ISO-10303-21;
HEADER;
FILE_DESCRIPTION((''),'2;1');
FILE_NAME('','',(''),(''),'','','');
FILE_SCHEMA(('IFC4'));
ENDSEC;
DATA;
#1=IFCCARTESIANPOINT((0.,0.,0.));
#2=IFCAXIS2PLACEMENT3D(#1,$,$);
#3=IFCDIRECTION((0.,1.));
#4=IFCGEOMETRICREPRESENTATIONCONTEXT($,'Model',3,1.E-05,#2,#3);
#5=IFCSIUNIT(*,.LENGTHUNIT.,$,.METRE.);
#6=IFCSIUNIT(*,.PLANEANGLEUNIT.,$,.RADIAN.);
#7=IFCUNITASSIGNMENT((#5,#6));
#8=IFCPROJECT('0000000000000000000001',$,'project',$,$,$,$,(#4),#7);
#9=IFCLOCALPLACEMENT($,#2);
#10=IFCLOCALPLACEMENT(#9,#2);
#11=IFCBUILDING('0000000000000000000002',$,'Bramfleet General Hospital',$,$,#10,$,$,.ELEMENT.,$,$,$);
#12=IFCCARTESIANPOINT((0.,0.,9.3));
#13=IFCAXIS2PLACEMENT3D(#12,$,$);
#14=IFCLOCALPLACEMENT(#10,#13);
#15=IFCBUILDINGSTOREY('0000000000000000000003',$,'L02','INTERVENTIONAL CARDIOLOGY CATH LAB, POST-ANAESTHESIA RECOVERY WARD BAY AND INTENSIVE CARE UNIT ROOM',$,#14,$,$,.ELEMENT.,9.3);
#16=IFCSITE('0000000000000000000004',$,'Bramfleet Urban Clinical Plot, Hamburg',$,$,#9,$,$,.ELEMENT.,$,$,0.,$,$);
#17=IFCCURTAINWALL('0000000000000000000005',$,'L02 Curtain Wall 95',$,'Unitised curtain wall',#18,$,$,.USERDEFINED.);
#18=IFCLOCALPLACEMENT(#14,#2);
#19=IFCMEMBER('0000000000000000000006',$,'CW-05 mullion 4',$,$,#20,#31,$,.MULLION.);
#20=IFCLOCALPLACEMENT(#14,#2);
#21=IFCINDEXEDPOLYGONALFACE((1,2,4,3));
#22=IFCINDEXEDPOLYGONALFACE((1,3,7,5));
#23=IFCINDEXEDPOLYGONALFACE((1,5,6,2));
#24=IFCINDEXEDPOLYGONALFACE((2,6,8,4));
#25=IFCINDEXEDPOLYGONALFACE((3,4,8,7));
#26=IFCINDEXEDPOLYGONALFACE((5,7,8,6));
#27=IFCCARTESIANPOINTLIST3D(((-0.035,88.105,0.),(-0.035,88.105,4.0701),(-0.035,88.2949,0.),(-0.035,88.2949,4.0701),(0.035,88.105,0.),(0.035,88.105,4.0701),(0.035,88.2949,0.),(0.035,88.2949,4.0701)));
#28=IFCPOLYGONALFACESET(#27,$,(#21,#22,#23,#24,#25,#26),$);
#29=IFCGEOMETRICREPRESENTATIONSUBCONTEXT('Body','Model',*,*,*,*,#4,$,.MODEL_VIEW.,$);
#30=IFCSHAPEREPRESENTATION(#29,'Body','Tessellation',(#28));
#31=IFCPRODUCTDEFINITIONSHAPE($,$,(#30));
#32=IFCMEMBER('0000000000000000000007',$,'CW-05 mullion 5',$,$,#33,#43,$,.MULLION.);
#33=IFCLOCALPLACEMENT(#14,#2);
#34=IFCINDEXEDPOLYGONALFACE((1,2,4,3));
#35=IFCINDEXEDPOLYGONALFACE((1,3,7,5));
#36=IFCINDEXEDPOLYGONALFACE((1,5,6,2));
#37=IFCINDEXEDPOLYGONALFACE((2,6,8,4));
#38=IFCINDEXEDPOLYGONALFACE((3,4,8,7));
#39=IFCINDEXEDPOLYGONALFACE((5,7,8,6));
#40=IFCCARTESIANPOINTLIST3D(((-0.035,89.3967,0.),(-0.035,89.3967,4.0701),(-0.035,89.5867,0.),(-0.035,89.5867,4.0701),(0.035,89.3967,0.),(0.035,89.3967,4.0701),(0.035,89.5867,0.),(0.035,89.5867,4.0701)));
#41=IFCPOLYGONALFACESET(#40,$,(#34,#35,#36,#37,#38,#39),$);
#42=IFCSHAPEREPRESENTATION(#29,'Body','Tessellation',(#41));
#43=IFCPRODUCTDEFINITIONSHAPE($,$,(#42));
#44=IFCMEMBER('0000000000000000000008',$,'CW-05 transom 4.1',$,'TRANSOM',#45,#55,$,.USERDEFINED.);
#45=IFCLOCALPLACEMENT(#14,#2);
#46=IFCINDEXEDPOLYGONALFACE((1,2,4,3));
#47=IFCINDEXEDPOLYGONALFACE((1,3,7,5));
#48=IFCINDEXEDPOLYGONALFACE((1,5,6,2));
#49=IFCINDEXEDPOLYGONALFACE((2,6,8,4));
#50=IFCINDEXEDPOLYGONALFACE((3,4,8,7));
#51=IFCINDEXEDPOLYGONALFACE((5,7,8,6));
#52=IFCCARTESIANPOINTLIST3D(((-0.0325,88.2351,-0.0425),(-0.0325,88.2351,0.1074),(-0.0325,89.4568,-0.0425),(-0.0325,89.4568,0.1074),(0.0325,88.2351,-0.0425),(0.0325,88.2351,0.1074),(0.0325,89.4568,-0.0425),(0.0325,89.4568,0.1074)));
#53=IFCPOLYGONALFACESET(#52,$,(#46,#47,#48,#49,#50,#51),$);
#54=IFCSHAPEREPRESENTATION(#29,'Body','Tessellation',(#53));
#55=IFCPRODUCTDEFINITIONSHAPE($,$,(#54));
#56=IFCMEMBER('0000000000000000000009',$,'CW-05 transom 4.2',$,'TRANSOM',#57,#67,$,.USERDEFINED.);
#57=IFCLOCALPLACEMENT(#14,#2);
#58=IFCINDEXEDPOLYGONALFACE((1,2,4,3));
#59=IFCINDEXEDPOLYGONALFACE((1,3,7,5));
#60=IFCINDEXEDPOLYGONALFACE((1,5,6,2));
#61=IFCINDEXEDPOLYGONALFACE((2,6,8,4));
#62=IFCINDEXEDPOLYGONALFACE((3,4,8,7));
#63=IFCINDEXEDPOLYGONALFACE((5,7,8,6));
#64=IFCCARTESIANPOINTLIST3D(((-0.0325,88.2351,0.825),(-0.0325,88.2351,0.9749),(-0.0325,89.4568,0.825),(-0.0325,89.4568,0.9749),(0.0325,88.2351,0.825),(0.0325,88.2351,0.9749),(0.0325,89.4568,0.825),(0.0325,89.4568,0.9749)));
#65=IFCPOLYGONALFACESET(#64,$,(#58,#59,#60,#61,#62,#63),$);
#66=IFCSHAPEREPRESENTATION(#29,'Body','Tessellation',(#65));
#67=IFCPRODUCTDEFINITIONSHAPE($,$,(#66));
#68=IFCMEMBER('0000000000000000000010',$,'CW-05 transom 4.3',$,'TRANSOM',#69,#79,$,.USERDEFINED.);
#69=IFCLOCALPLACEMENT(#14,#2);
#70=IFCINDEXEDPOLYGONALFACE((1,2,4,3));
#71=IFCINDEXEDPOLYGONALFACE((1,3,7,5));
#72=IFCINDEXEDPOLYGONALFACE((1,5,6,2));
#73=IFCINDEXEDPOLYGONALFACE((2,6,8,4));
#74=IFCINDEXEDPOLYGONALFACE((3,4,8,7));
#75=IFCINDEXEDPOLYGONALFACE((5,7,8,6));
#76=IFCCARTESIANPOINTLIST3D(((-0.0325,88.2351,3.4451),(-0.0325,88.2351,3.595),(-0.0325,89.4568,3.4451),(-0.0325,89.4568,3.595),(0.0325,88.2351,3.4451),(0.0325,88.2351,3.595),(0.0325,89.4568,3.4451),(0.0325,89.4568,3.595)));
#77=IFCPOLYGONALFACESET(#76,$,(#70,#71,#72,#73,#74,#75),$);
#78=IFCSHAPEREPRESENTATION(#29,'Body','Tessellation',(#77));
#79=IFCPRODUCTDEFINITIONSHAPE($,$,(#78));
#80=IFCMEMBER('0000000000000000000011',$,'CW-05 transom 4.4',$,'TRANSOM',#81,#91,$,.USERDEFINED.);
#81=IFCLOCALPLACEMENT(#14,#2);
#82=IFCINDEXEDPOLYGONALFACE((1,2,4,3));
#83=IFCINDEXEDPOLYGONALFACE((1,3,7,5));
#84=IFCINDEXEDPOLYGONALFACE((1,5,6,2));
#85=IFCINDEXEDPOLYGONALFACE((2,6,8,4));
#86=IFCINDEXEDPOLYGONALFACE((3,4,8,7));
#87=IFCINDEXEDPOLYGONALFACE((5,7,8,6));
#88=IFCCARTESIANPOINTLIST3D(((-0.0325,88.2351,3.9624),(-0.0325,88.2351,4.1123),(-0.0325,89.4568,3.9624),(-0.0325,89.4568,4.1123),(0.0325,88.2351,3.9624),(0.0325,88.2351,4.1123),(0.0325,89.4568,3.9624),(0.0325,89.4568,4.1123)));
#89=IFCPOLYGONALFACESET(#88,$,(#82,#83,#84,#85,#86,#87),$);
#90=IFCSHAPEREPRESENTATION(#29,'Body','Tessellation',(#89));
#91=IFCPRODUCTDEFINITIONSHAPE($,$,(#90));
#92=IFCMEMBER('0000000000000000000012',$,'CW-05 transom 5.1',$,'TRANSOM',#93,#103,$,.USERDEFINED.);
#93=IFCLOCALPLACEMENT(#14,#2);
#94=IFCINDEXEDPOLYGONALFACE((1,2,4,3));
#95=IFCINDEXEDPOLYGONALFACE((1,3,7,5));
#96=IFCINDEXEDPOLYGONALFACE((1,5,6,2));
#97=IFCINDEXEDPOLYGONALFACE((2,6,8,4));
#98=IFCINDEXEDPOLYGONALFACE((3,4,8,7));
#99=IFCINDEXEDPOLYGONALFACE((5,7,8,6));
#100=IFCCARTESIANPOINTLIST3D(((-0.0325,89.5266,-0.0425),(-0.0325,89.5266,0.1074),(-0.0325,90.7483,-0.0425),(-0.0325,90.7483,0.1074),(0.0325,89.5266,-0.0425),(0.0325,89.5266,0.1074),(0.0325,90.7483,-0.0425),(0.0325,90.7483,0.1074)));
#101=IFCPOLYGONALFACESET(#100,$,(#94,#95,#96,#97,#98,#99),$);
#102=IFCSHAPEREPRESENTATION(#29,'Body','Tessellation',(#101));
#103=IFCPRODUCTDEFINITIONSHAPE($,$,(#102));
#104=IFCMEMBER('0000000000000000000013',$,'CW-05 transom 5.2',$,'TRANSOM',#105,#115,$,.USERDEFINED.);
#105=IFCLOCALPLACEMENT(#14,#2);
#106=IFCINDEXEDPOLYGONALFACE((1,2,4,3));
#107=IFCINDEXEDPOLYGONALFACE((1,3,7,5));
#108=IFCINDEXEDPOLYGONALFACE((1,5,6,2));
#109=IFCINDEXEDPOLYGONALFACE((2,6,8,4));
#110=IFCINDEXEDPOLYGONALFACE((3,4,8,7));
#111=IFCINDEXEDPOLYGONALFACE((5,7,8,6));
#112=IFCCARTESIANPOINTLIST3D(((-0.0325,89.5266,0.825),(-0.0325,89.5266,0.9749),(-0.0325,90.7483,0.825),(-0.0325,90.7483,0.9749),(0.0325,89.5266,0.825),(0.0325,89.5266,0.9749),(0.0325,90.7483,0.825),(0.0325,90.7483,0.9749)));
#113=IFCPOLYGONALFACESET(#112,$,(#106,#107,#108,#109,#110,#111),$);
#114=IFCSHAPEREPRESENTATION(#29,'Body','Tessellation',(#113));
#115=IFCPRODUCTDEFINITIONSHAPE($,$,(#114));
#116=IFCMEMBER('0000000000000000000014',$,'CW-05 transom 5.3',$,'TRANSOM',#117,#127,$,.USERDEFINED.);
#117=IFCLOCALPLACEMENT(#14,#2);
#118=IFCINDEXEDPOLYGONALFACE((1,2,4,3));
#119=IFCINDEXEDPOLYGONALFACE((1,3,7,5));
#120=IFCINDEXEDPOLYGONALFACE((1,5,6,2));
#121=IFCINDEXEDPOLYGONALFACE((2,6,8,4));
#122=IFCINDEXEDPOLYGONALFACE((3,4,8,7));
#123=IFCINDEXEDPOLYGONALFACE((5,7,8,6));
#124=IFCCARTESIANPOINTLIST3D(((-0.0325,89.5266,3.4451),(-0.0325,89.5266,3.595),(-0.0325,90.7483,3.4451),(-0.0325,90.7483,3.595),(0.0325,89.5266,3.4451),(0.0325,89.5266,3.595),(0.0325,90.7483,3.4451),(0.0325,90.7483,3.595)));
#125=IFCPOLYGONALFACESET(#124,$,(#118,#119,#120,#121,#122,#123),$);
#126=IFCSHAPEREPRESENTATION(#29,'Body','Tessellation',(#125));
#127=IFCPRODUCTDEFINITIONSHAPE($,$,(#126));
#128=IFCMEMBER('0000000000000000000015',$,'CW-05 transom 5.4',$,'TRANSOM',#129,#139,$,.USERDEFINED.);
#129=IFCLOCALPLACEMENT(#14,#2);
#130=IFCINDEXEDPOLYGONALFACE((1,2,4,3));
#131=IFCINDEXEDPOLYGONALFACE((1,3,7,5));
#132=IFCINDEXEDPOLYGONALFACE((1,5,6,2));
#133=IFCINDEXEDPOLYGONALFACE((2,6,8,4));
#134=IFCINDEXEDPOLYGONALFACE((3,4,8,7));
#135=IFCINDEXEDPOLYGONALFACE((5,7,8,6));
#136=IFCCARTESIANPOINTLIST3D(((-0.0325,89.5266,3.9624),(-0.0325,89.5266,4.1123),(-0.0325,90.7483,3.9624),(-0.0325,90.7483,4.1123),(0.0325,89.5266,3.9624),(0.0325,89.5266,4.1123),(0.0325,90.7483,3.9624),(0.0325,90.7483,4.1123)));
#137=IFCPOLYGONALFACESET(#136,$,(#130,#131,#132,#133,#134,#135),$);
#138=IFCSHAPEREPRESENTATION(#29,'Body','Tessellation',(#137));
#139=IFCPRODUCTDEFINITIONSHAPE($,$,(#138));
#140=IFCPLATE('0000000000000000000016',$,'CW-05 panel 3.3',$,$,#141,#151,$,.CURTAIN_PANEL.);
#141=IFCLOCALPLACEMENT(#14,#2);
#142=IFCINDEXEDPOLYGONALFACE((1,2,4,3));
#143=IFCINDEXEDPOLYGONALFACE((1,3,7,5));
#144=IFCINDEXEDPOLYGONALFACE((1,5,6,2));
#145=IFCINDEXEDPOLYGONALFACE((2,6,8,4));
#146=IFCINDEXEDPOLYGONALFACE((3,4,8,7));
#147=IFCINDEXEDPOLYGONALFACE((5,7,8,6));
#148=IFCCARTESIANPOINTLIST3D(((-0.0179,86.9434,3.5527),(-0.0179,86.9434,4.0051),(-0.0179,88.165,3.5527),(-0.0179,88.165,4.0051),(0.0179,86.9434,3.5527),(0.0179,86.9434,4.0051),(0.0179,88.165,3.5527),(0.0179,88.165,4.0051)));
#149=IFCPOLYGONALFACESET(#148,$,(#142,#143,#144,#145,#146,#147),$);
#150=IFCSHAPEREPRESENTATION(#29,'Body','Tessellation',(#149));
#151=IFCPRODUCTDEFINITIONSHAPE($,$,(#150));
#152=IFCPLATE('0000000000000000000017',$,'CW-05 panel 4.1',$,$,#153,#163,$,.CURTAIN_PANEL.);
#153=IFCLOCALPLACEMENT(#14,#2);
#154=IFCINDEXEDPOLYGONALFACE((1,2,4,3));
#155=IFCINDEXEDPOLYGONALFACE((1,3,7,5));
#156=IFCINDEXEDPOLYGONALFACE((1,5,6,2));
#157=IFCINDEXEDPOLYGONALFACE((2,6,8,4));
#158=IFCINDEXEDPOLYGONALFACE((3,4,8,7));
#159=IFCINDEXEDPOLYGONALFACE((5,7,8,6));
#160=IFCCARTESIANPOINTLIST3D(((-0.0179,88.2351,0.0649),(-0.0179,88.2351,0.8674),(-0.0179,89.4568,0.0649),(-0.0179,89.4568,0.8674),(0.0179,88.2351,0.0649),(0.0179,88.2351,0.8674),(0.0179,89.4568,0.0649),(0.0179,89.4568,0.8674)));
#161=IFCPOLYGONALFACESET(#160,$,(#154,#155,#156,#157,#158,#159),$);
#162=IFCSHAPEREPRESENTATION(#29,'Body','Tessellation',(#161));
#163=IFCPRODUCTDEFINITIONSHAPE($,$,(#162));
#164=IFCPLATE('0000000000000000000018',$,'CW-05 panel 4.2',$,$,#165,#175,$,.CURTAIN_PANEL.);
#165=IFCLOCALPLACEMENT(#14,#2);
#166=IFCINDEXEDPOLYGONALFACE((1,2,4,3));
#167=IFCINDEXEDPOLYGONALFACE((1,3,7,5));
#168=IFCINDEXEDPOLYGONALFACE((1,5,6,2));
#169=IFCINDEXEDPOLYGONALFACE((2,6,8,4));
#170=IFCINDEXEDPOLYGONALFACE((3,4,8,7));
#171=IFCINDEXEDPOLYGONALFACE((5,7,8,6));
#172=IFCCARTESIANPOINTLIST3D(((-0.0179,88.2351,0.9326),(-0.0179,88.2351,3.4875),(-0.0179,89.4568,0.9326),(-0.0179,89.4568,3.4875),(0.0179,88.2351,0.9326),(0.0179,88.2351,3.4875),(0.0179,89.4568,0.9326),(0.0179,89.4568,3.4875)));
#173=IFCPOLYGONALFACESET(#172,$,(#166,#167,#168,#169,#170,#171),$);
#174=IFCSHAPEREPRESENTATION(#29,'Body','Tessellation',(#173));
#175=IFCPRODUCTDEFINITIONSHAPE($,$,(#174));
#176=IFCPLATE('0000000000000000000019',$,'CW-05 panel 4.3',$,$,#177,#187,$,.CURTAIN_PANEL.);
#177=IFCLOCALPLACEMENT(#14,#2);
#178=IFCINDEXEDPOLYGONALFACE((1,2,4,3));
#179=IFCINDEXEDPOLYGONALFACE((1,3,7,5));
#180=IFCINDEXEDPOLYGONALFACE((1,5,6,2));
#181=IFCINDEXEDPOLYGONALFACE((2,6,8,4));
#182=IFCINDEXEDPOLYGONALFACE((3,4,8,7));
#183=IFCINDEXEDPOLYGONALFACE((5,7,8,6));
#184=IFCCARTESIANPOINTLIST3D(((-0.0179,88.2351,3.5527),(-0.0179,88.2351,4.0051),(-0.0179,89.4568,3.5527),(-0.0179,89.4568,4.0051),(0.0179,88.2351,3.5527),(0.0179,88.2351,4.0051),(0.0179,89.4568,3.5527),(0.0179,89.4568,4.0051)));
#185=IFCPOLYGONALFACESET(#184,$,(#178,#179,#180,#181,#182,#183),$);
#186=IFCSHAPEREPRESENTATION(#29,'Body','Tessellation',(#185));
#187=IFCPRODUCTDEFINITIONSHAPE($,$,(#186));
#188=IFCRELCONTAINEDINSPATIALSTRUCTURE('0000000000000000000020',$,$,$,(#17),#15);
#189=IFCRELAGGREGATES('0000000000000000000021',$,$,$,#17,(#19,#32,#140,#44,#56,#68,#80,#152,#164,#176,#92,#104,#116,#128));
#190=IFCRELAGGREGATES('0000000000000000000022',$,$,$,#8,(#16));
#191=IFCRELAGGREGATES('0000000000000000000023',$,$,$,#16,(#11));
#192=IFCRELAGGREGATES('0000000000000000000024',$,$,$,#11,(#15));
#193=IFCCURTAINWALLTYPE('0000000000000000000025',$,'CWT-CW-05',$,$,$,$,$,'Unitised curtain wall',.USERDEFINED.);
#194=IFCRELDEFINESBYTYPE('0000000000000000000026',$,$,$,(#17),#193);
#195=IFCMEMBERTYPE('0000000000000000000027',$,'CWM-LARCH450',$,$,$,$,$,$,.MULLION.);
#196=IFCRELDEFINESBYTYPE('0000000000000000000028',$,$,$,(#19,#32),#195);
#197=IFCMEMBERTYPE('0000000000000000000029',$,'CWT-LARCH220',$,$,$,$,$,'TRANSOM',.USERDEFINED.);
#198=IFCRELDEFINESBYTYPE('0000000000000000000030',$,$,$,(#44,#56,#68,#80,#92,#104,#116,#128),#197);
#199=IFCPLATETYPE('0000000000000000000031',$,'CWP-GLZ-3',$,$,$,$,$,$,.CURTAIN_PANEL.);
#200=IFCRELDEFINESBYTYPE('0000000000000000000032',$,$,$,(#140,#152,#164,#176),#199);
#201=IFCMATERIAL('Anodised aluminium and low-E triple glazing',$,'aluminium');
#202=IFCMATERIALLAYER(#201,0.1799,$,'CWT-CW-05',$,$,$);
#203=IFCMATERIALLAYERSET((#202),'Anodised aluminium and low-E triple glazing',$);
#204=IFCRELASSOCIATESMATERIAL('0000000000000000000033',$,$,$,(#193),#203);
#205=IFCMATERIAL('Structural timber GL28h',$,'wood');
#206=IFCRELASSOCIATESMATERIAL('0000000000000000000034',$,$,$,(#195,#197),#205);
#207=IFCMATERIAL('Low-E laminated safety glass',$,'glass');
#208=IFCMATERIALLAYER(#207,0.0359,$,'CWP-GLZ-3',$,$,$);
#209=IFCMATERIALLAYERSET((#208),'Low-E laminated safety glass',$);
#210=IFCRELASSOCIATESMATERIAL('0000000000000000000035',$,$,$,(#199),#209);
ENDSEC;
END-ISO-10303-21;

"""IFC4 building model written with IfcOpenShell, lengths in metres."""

from ifc_helpers import new_model, si_unit, direction, frame, origin, origin_2d, place, context, subcontext, project, spatial, rectangle, extrude, material, layer, layer_set, material_profile, profile_set, type_object, element, aggregate, save


model = new_model("IFC4")

# Units and contexts
model_context = context("Model", 3, precision=1e-05, world=origin(), true_north=direction((0.0, 1.0)))
body_context = subcontext(model_context, "Body", "Model", "MODEL_VIEW")
ifc_project = project(units=[si_unit("LENGTHUNIT", "METRE"), si_unit("PLANEANGLEUNIT", "RADIAN")], contexts=[model_context])

# Site, building, storey
site_placement = place(None, origin())
site = spatial("IfcSite", under=ifc_project, at=site_placement, Name="Bramfleet Urban Clinical Plot, Hamburg", CompositionType="ELEMENT", RefElevation=0.0)
building_placement = place(site_placement, origin())
building = spatial("IfcBuilding", under=site, at=building_placement, Name="Bramfleet General Hospital", CompositionType="ELEMENT")
storey_placement = place(building_placement, frame((0.0, 0.0, 9.3)))
storey = spatial("IfcBuildingStorey", under=building, at=storey_placement, Name="L02", Description="INTERVENTIONAL CARDIOLOGY CATH LAB, POST-ANAESTHESIA RECOVERY WARD BAY AND INTENSIVE CARE UNIT ROOM", CompositionType="ELEMENT", Elevation=9.3)

# Curtain wall, members, plates
ifc_material_1 = material(Name="Anodised aluminium and low-E triple glazing", Category="aluminium")
ifc_layer_1 = layer(ifc_material_1, 0.1799, Name="CWT-CW-05")
ifc_layer_set_1 = layer_set([ifc_layer_1], Name="Anodised aluminium and low-E triple glazing")
curtain_wall_type = type_object("IfcCurtainWallType", Name="CWT-CW-05", ElementType="Unitised curtain wall", PredefinedType="USERDEFINED", material=ifc_layer_set_1)
curtain_wall_placement = place(storey_placement, origin())
curtain_wall = element("IfcCurtainWall", 1, at=curtain_wall_placement, inside=storey, type_object=curtain_wall_type, Name="L02 Curtain Wall 95", ObjectType="Unitised curtain wall", PredefinedType="USERDEFINED")
ifc_material_2 = material(Name="Structural timber GL28h", Category="wood")
ifc_material_profile_1 = material_profile(ifc_material_2, rectangle(XDim=0.0701, YDim=0.1899, at=origin_2d()), Name="LARCH 190x70")
ifc_profile_set_1 = profile_set([ifc_material_profile_1], Name="Structural timber GL28h")
member_type_1 = type_object("IfcMemberType", Name="CWM-LARCH450", PredefinedType="MULLION", material=ifc_profile_set_1)
member_1_placement = place(storey_placement, frame((0.0, 88.2, 0.0), z_axis=(0.0, 0.0, 1.0), x_axis=(-1.0, 0.0, 0.0)))
member_1 = element("IfcMember", 2, at=member_1_placement, type_object=member_type_1, Name="CW-05 mullion 4", PredefinedType="MULLION", context=body_context, shape_type="SweptSolid", body=[
    extrude(rectangle(XDim=0.0701, YDim=0.1899, at=origin_2d()), origin(), (0.0, 0.0, 1.0), 4.0701),
])
member_2_placement = place(storey_placement, frame((0.0, 89.4917, 0.0), z_axis=(0.0, 0.0, 1.0), x_axis=(-1.0, 0.0, 0.0)))
member_2 = element("IfcMember", 3, at=member_2_placement, type_object=member_type_1, Name="CW-05 mullion 5", PredefinedType="MULLION", context=body_context, shape_type="SweptSolid", body=[
    extrude(rectangle(XDim=0.0701, YDim=0.1899, at=origin_2d()), origin(), (0.0, 0.0, 1.0), 4.0701),
])
ifc_material_profile_2 = material_profile(ifc_material_2, rectangle(XDim=0.0649, YDim=0.1499, at=origin_2d()), Name="LARCH 150x65")
ifc_profile_set_2 = profile_set([ifc_material_profile_2], Name="Structural timber GL28h")
member_type_2 = type_object("IfcMemberType", Name="CWT-LARCH220", ElementType="TRANSOM", PredefinedType="USERDEFINED", material=ifc_profile_set_2)
member_3_placement = place(storey_placement, frame((0.0, 88.2351, 0.0325), z_axis=(0.0, 1.0, 0.0), x_axis=(-1.0, 0.0, 0.0)))
member_3 = element("IfcMember", 4, at=member_3_placement, type_object=member_type_2, Name="CW-05 transom 4.1", ObjectType="TRANSOM", PredefinedType="USERDEFINED", context=body_context, shape_type="SweptSolid", body=[
    extrude(rectangle(XDim=0.0649, YDim=0.1499, at=origin_2d()), origin(), (0.0, 0.0, 1.0), 1.2217),
])
member_4_placement = place(storey_placement, frame((0.0, 88.2351, 0.8999), z_axis=(0.0, 1.0, 0.0), x_axis=(-1.0, 0.0, 0.0)))
member_4 = element("IfcMember", 5, at=member_4_placement, type_object=member_type_2, Name="CW-05 transom 4.2", ObjectType="TRANSOM", PredefinedType="USERDEFINED", context=body_context, shape_type="SweptSolid", body=[
    extrude(rectangle(XDim=0.0649, YDim=0.1499, at=origin_2d()), origin(), (0.0, 0.0, 1.0), 1.2217),
])
member_5_placement = place(storey_placement, frame((0.0, 88.2351, 3.52), z_axis=(0.0, 1.0, 0.0), x_axis=(-1.0, 0.0, 0.0)))
member_5 = element("IfcMember", 6, at=member_5_placement, type_object=member_type_2, Name="CW-05 transom 4.3", ObjectType="TRANSOM", PredefinedType="USERDEFINED", context=body_context, shape_type="SweptSolid", body=[
    extrude(rectangle(XDim=0.0649, YDim=0.1499, at=origin_2d()), origin(), (0.0, 0.0, 1.0), 1.2217),
])
member_6_placement = place(storey_placement, frame((0.0, 88.2351, 4.0374), z_axis=(0.0, 1.0, 0.0), x_axis=(-1.0, 0.0, 0.0)))
member_6 = element("IfcMember", 7, at=member_6_placement, type_object=member_type_2, Name="CW-05 transom 4.4", ObjectType="TRANSOM", PredefinedType="USERDEFINED", context=body_context, shape_type="SweptSolid", body=[
    extrude(rectangle(XDim=0.0649, YDim=0.1499, at=origin_2d()), origin(), (0.0, 0.0, 1.0), 1.2217),
])
member_7_placement = place(storey_placement, frame((0.0, 89.5266, 0.0325), z_axis=(0.0, 1.0, 0.0), x_axis=(-1.0, 0.0, 0.0)))
member_7 = element("IfcMember", 8, at=member_7_placement, type_object=member_type_2, Name="CW-05 transom 5.1", ObjectType="TRANSOM", PredefinedType="USERDEFINED", context=body_context, shape_type="SweptSolid", body=[
    extrude(rectangle(XDim=0.0649, YDim=0.1499, at=origin_2d()), origin(), (0.0, 0.0, 1.0), 1.2217),
])
member_8_placement = place(storey_placement, frame((0.0, 89.5266, 0.8999), z_axis=(0.0, 1.0, 0.0), x_axis=(-1.0, 0.0, 0.0)))
member_8 = element("IfcMember", 9, at=member_8_placement, type_object=member_type_2, Name="CW-05 transom 5.2", ObjectType="TRANSOM", PredefinedType="USERDEFINED", context=body_context, shape_type="SweptSolid", body=[
    extrude(rectangle(XDim=0.0649, YDim=0.1499, at=origin_2d()), origin(), (0.0, 0.0, 1.0), 1.2217),
])
member_9_placement = place(storey_placement, frame((0.0, 89.5266, 3.52), z_axis=(0.0, 1.0, 0.0), x_axis=(-1.0, 0.0, 0.0)))
member_9 = element("IfcMember", 10, at=member_9_placement, type_object=member_type_2, Name="CW-05 transom 5.3", ObjectType="TRANSOM", PredefinedType="USERDEFINED", context=body_context, shape_type="SweptSolid", body=[
    extrude(rectangle(XDim=0.0649, YDim=0.1499, at=origin_2d()), origin(), (0.0, 0.0, 1.0), 1.2217),
])
member_10_placement = place(storey_placement, frame((0.0, 89.5266, 4.0374), z_axis=(0.0, 1.0, 0.0), x_axis=(-1.0, 0.0, 0.0)))
member_10 = element("IfcMember", 11, at=member_10_placement, type_object=member_type_2, Name="CW-05 transom 5.4", ObjectType="TRANSOM", PredefinedType="USERDEFINED", context=body_context, shape_type="SweptSolid", body=[
    extrude(rectangle(XDim=0.0649, YDim=0.1499, at=origin_2d()), origin(), (0.0, 0.0, 1.0), 1.2217),
])
ifc_material_3 = material(Name="Low-E laminated safety glass", Category="glass")
ifc_layer_2 = layer(ifc_material_3, 0.0359, Name="CWP-GLZ-3")
ifc_layer_set_2 = layer_set([ifc_layer_2], Name="Low-E laminated safety glass")
plate_type = type_object("IfcPlateType", Name="CWP-GLZ-3", PredefinedType="CURTAIN_PANEL", material=ifc_layer_set_2)
plate_1_placement = place(storey_placement, frame((0.0, 87.5542, 3.5527), z_axis=(0.0, 0.0, 1.0), x_axis=(0.0, 1.0, 0.0)))
plate_1 = element("IfcPlate", 12, at=plate_1_placement, type_object=plate_type, Name="CW-05 panel 3.3", PredefinedType="CURTAIN_PANEL", context=body_context, shape_type="SweptSolid", body=[
    extrude(rectangle(XDim=1.2217, YDim=0.0359, at=origin_2d()), origin(), (0.0, 0.0, 1.0), 0.4524),
])
plate_2_placement = place(storey_placement, frame((0.0, 88.8459, 0.0649), z_axis=(0.0, 0.0, 1.0), x_axis=(0.0, 1.0, 0.0)))
plate_2 = element("IfcPlate", 13, at=plate_2_placement, type_object=plate_type, Name="CW-05 panel 4.1", PredefinedType="CURTAIN_PANEL", context=body_context, shape_type="SweptSolid", body=[
    extrude(rectangle(XDim=1.2217, YDim=0.0359, at=origin_2d()), origin(), (0.0, 0.0, 1.0), 0.8025),
])
plate_3_placement = place(storey_placement, frame((0.0, 88.8459, 0.9326), z_axis=(0.0, 0.0, 1.0), x_axis=(0.0, 1.0, 0.0)))
plate_3 = element("IfcPlate", 14, at=plate_3_placement, type_object=plate_type, Name="CW-05 panel 4.2", PredefinedType="CURTAIN_PANEL", context=body_context, shape_type="SweptSolid", body=[
    extrude(rectangle(XDim=1.2217, YDim=0.0359, at=origin_2d()), origin(), (0.0, 0.0, 1.0), 2.5549),
])
plate_4_placement = place(storey_placement, frame((0.0, 88.8459, 3.5527), z_axis=(0.0, 0.0, 1.0), x_axis=(0.0, 1.0, 0.0)))
plate_4 = element("IfcPlate", 15, at=plate_4_placement, type_object=plate_type, Name="CW-05 panel 4.3", PredefinedType="CURTAIN_PANEL", context=body_context, shape_type="SweptSolid", body=[
    extrude(rectangle(XDim=1.2217, YDim=0.0359, at=origin_2d()), origin(), (0.0, 0.0, 1.0), 0.4524),
])
aggregate(curtain_wall, [member_1, member_2, plate_1, member_3, member_4, member_5, member_6, plate_2, plate_3, plate_4, member_7, member_8, member_9, member_10])

save(model, "model.ifc")
